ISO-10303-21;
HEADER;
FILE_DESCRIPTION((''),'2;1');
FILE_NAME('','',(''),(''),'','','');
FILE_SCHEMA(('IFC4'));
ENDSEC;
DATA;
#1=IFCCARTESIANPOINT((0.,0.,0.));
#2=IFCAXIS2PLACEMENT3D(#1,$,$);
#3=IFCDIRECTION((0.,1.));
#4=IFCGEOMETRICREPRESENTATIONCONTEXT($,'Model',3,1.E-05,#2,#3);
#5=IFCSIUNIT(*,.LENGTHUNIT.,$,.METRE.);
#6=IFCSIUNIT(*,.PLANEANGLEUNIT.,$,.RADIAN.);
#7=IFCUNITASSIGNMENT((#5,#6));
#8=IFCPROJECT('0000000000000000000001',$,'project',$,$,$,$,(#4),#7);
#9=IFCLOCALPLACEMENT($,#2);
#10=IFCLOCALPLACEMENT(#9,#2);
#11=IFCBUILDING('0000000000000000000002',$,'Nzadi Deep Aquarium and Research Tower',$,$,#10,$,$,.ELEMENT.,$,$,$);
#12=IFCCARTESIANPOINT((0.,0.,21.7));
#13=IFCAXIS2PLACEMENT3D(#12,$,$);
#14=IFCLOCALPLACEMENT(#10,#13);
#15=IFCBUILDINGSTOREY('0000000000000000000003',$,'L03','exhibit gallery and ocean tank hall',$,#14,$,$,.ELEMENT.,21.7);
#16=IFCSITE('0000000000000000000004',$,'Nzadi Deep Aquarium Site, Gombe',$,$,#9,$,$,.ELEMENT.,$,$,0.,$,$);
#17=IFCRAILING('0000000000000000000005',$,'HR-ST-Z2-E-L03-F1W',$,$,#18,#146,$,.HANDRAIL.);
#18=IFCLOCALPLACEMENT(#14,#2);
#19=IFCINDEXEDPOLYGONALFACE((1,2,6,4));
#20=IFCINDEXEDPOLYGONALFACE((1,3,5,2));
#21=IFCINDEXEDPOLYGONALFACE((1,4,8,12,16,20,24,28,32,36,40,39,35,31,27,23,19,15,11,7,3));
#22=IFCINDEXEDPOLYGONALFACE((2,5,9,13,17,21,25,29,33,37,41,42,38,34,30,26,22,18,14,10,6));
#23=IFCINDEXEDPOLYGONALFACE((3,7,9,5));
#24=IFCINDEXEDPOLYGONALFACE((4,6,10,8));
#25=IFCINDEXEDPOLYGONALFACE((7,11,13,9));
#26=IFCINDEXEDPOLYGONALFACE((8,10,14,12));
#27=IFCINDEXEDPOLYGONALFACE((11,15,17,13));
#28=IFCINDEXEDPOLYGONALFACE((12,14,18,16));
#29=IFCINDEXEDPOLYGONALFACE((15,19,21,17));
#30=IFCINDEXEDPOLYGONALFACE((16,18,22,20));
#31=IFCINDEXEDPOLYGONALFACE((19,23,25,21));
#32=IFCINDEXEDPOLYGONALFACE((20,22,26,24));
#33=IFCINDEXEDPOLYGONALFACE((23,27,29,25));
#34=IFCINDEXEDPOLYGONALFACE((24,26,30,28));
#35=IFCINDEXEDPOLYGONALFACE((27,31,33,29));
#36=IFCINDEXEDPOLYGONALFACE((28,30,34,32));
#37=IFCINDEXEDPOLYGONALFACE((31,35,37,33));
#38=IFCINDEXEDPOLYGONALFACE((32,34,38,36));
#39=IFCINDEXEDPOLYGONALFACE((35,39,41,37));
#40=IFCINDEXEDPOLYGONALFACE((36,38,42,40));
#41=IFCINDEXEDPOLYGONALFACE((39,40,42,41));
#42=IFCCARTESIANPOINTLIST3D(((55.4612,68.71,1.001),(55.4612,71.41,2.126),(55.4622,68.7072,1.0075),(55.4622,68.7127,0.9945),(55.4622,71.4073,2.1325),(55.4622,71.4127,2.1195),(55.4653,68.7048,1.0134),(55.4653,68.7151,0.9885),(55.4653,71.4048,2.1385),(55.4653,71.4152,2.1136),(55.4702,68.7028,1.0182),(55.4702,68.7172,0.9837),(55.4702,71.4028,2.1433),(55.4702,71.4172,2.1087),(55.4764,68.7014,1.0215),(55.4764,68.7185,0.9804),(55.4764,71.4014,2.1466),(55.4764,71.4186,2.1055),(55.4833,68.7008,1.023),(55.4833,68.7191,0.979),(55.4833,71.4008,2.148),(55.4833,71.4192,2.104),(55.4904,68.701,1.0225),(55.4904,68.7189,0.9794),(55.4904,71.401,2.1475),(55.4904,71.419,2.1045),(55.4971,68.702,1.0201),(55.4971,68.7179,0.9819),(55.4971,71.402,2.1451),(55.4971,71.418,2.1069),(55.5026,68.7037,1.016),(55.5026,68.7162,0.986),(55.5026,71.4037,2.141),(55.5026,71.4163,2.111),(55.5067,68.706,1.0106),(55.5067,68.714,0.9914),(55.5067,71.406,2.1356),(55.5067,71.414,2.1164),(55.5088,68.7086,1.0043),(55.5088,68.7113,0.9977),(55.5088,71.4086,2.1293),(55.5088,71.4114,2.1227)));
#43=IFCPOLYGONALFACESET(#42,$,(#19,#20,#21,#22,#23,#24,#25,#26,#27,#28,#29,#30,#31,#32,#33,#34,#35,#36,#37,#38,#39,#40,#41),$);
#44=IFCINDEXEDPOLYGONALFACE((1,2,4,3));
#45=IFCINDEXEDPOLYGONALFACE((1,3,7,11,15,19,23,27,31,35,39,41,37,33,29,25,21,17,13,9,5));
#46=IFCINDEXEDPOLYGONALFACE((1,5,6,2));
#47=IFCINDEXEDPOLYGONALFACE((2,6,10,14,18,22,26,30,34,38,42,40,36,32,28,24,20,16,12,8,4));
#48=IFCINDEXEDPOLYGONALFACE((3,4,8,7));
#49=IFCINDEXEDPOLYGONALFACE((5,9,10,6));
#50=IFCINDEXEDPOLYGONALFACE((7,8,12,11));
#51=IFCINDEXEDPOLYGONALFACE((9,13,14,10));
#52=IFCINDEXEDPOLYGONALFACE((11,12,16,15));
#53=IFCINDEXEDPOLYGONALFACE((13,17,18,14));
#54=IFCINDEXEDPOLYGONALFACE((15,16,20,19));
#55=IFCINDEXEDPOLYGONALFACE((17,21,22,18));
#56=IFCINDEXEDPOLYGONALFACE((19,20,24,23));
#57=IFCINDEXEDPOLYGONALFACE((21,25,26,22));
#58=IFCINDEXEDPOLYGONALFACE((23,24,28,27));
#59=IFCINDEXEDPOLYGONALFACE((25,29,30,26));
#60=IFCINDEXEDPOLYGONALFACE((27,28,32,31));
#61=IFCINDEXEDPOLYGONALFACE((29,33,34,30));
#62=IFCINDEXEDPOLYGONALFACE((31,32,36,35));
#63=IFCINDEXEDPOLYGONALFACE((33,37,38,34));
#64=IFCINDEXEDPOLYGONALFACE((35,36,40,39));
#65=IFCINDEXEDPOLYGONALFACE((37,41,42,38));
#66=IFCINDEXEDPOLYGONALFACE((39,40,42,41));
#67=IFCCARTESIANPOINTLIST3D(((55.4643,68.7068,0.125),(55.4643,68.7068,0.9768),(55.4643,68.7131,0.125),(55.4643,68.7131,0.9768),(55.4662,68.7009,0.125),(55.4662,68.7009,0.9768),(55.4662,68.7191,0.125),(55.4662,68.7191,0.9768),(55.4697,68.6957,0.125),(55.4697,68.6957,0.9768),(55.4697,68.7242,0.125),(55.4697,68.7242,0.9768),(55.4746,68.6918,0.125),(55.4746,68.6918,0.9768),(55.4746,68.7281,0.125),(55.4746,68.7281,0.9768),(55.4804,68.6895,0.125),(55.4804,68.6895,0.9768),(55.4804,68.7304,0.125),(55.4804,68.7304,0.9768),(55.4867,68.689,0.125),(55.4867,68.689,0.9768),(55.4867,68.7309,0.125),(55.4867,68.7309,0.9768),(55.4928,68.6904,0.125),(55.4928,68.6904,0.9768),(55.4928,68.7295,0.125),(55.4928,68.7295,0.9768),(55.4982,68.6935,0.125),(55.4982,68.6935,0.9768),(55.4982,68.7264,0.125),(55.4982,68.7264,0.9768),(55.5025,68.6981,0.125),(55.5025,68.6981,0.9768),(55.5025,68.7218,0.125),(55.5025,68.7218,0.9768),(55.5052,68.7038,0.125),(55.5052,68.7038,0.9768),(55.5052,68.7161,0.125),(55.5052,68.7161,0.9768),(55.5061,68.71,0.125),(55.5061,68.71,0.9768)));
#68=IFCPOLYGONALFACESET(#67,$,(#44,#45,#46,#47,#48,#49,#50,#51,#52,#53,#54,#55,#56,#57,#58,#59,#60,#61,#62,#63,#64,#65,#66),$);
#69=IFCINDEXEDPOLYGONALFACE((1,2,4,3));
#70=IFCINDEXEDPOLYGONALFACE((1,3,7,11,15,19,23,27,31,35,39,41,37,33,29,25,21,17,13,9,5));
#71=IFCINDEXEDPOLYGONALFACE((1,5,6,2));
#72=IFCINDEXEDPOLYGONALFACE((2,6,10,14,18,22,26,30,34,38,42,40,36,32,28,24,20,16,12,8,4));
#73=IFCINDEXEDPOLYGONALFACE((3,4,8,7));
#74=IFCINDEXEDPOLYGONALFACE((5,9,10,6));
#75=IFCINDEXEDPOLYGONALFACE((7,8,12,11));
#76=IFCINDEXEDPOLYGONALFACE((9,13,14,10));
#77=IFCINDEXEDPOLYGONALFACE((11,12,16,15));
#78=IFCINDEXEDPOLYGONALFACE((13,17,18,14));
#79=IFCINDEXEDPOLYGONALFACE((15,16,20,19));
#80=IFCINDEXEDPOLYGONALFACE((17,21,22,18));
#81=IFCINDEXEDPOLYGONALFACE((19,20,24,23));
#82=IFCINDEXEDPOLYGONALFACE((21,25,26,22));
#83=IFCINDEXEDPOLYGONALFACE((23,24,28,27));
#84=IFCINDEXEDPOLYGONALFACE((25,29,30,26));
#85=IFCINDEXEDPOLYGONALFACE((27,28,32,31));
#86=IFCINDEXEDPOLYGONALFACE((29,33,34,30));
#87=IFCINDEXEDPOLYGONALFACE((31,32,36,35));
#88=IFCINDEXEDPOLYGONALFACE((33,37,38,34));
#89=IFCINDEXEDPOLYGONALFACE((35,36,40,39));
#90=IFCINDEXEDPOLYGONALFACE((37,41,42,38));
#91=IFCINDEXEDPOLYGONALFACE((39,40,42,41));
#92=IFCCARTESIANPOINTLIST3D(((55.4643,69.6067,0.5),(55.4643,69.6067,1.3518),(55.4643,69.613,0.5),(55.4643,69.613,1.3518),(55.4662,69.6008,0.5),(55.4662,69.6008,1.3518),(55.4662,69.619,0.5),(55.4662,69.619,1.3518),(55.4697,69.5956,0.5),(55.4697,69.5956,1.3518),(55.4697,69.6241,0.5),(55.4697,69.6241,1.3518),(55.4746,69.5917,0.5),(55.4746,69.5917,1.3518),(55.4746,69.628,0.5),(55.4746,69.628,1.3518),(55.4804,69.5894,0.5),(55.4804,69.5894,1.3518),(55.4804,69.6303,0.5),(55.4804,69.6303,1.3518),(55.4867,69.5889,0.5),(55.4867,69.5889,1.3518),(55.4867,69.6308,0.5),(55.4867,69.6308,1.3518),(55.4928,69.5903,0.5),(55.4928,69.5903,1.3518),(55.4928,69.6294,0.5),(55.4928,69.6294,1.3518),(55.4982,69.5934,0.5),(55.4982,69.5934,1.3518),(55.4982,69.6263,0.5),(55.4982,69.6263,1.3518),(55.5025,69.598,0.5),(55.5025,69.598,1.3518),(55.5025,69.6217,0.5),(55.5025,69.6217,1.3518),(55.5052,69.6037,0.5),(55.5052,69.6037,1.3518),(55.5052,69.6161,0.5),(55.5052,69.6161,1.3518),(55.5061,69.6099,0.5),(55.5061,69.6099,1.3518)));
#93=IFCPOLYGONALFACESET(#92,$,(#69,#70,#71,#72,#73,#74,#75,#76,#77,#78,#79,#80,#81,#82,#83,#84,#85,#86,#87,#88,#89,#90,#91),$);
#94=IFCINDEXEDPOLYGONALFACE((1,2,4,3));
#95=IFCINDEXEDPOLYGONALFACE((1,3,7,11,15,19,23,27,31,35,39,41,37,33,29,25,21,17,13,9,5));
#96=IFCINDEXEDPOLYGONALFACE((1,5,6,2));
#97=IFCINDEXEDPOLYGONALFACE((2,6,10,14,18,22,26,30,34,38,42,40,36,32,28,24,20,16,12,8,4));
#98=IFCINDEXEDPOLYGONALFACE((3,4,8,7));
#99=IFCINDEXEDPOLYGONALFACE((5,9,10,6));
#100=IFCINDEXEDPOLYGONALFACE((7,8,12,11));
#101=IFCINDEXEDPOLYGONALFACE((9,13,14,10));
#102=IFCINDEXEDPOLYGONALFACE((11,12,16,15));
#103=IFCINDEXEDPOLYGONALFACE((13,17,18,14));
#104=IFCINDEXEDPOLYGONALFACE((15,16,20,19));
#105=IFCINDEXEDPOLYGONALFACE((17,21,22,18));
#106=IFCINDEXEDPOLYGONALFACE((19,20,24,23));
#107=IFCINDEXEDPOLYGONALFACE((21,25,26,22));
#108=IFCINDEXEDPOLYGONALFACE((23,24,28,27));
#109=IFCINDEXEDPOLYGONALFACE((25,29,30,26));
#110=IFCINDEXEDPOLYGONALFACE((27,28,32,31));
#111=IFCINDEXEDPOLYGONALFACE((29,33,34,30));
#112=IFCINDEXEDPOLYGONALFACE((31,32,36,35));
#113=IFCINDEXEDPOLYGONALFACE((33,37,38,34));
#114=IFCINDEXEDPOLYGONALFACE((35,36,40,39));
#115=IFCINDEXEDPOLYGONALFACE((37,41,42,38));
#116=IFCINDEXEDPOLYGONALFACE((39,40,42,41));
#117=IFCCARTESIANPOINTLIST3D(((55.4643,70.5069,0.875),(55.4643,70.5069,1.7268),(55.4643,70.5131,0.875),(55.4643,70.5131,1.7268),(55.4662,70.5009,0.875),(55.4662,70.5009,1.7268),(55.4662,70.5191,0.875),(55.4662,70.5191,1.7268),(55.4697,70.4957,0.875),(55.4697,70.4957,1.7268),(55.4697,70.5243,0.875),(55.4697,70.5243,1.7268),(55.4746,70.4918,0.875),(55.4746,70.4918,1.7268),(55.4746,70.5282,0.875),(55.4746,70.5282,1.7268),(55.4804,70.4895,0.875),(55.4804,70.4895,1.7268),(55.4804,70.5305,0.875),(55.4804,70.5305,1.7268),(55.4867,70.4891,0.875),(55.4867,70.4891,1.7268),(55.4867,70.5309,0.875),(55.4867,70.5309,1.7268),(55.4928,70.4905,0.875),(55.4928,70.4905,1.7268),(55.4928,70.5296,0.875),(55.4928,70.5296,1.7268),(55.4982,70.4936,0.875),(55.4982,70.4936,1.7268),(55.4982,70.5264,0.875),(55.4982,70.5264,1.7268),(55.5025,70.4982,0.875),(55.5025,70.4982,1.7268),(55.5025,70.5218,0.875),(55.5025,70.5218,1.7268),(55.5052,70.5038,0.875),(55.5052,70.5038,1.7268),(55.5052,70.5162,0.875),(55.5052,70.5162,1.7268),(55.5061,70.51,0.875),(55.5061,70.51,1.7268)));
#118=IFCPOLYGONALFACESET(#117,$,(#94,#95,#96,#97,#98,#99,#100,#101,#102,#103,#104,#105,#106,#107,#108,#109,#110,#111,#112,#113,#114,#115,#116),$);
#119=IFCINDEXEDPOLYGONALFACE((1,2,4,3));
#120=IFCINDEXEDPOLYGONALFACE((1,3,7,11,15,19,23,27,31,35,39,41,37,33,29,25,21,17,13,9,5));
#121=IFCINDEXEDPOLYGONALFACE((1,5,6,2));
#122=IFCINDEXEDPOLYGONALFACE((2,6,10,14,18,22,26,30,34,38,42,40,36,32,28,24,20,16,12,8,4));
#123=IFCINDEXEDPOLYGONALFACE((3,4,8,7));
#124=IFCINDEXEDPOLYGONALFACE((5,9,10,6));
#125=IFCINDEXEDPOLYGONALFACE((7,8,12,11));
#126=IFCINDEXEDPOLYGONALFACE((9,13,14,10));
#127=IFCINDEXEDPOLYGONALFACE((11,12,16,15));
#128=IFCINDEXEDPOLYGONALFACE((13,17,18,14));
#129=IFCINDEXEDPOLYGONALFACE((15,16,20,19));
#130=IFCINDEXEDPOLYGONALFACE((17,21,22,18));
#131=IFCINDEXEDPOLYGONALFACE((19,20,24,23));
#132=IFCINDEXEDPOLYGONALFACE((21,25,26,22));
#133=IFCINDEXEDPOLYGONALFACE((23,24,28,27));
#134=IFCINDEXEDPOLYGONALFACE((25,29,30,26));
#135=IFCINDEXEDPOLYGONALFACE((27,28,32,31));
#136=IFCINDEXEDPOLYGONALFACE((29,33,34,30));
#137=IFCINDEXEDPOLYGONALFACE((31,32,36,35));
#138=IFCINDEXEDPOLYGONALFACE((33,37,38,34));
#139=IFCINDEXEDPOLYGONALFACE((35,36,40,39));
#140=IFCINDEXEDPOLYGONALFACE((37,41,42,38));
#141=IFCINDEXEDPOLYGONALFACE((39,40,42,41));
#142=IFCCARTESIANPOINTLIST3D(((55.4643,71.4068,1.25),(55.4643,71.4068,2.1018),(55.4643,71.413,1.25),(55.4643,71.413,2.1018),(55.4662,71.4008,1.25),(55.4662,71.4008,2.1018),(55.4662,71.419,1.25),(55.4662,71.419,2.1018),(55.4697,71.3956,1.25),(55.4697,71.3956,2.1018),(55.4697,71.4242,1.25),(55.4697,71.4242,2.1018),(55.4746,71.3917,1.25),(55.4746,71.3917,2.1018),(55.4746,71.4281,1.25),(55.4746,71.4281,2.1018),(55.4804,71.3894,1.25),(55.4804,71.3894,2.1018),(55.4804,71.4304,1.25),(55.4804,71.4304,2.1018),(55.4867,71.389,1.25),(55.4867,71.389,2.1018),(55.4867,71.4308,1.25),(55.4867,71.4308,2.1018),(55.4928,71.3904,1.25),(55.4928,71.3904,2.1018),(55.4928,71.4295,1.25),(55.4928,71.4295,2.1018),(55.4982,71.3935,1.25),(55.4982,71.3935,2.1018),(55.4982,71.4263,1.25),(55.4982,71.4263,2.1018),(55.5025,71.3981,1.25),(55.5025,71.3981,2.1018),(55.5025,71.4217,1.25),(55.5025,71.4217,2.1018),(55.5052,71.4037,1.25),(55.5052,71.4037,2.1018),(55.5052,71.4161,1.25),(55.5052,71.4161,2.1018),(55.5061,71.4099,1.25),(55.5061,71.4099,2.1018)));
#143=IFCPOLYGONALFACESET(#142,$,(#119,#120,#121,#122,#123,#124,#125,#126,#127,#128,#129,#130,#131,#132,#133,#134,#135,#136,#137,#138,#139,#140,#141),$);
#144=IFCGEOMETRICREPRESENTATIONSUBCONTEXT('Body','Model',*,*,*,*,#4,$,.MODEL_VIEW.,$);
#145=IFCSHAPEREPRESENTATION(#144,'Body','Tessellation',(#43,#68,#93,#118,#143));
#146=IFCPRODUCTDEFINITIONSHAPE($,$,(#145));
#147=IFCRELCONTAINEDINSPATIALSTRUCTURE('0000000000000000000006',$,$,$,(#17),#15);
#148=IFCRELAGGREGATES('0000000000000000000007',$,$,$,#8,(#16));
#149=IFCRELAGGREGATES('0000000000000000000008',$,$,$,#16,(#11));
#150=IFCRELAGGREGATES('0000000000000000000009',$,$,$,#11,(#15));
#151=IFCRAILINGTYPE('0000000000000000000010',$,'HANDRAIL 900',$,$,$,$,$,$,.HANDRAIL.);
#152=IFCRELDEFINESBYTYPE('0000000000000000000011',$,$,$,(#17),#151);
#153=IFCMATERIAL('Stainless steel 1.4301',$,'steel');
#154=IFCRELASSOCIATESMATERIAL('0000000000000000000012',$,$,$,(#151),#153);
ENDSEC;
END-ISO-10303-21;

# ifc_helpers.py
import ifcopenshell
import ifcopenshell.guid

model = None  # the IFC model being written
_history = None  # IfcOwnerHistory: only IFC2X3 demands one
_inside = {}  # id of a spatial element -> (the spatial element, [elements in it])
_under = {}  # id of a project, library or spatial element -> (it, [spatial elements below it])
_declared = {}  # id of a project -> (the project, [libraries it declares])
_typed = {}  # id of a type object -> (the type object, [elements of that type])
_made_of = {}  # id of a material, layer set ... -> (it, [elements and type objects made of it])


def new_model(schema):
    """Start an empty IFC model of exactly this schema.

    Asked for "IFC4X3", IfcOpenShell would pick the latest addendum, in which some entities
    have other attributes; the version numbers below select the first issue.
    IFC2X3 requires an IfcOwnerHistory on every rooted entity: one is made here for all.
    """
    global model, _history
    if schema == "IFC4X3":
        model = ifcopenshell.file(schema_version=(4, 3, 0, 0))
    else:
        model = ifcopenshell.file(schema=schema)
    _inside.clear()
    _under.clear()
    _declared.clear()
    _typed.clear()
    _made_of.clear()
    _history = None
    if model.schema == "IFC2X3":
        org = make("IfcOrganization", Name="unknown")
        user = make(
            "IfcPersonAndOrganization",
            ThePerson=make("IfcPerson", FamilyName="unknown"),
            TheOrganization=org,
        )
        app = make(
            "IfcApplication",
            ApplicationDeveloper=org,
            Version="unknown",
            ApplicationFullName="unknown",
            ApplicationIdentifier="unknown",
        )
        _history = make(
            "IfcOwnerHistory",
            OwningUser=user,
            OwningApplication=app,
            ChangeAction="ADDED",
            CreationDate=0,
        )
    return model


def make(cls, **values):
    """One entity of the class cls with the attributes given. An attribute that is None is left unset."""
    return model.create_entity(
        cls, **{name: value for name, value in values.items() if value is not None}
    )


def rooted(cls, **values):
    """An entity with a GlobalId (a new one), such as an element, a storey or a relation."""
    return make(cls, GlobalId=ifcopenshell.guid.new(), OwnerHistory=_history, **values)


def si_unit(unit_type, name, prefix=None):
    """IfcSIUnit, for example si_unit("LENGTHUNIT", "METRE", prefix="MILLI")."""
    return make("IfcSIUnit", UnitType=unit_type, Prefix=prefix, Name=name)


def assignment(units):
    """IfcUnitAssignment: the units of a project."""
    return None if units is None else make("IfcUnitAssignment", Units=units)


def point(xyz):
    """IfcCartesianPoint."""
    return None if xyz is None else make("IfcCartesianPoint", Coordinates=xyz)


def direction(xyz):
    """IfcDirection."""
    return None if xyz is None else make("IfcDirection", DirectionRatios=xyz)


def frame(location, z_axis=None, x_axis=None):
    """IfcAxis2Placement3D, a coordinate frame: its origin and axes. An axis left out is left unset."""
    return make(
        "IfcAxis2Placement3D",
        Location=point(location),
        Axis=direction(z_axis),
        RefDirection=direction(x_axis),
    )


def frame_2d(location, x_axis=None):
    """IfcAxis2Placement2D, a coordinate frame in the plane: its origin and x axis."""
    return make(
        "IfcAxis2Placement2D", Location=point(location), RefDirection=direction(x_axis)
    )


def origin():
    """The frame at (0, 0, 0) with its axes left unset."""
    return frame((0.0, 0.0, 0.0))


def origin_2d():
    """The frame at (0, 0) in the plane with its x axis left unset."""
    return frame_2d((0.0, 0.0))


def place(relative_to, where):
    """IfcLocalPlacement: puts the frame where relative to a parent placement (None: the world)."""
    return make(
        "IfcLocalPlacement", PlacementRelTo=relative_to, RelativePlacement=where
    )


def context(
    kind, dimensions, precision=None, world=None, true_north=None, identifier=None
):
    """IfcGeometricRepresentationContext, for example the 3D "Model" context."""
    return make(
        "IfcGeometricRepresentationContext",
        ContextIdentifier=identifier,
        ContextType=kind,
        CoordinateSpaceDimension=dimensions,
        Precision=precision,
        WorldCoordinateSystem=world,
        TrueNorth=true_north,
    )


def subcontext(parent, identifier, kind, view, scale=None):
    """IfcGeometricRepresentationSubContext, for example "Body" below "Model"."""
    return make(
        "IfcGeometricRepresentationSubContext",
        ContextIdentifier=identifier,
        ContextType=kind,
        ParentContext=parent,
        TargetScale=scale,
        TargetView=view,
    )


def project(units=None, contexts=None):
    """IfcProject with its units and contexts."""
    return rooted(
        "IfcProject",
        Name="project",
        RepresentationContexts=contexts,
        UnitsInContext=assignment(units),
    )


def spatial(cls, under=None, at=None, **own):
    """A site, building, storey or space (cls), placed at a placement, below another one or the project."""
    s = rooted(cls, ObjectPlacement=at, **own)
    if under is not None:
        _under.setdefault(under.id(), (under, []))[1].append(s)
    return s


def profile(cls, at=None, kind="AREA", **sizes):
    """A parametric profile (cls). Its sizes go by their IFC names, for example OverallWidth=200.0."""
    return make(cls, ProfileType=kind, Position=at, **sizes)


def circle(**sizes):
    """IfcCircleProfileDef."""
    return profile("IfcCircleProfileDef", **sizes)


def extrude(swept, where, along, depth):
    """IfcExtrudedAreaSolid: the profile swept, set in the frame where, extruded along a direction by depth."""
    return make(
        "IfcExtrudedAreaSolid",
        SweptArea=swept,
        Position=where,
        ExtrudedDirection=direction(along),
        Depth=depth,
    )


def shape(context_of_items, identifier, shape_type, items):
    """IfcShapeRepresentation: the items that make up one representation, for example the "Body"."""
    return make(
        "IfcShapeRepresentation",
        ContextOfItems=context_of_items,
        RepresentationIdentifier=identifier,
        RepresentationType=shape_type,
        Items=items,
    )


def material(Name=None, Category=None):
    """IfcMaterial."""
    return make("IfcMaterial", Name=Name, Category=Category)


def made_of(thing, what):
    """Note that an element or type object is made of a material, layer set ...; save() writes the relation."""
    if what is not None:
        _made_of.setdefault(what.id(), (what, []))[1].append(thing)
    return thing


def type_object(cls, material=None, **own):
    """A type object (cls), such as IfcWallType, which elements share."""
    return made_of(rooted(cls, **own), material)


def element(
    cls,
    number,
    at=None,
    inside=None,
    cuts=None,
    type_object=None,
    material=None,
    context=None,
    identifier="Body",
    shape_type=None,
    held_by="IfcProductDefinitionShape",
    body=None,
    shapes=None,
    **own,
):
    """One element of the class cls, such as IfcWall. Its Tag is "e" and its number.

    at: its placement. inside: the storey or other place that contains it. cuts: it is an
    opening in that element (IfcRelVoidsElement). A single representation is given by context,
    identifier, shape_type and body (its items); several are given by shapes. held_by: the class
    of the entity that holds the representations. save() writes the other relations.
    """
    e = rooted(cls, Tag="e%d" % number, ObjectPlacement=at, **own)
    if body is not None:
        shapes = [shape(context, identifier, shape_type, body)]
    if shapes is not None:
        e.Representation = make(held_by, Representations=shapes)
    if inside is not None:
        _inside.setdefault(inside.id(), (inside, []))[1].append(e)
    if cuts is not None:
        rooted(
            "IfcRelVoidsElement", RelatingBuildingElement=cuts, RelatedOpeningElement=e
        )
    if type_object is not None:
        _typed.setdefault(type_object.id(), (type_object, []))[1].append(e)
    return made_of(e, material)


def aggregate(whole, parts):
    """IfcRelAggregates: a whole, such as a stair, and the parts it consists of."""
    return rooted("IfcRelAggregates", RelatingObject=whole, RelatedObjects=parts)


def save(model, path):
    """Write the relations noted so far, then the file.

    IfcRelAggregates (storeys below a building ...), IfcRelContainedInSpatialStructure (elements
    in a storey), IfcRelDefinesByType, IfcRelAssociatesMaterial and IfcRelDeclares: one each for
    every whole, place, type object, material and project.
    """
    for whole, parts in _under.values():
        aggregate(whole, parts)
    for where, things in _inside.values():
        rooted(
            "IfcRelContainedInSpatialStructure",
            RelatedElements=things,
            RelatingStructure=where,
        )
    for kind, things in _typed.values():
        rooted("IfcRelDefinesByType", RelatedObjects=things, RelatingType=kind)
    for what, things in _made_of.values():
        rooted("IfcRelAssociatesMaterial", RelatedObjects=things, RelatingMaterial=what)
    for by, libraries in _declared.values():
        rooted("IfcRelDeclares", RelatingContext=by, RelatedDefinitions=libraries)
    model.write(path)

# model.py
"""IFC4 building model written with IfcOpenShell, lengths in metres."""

from ifc_helpers import new_model, si_unit, direction, frame, origin, origin_2d, place, context, subcontext, project, spatial, circle, extrude, material, type_object, element, save


model = new_model("IFC4")

# Units and contexts
model_context = context("Model", 3, precision=1e-05, world=origin(), true_north=direction((0.0, 1.0)))
body_context = subcontext(model_context, "Body", "Model", "MODEL_VIEW")
ifc_project = project(units=[si_unit("LENGTHUNIT", "METRE"), si_unit("PLANEANGLEUNIT", "RADIAN")], contexts=[model_context])

# Site, building, storey
site_placement = place(None, origin())
site = spatial("IfcSite", under=ifc_project, at=site_placement, Name="Nzadi Deep Aquarium Site, Gombe", CompositionType="ELEMENT", RefElevation=0.0)
building_placement = place(site_placement, origin())
building = spatial("IfcBuilding", under=site, at=building_placement, Name="Nzadi Deep Aquarium and Research Tower", CompositionType="ELEMENT")
storey_placement = place(building_placement, frame((0.0, 0.0, 21.7)))
storey = spatial("IfcBuildingStorey", under=building, at=storey_placement, Name="L03", Description="exhibit gallery and ocean tank hall", CompositionType="ELEMENT", Elevation=21.7)

# Railing
ifc_material_1 = material(Name="Stainless steel 1.4301", Category="steel")
railing_type = type_object("IfcRailingType", Name="HANDRAIL 900", PredefinedType="HANDRAIL", material=ifc_material_1)
for number, where, name in (
    (1, (55.4851, 68.71, 0.125), "HR-ST-Z2-E-L03-F1W"),
):
    element("IfcRailing", number, at=place(storey_placement, frame(where)), inside=storey, type_object=railing_type, Name=name, PredefinedType="HANDRAIL", context=body_context, shape_type="SweptSolid", body=[
        extrude(circle(Radius=0.0239, at=origin_2d()), frame((0.0, 0.0, 0.876), z_axis=(0.0, 0.923074, 0.384621), x_axis=(-1.0, 0.0, 0.0)), (0.0, 0.0, 1.0), 2.925),
        extrude(circle(Radius=0.021, at=origin_2d()), origin(), (0.0, 0.0, 1.0), 0.8518),
        extrude(circle(Radius=0.021, at=origin_2d()), frame((0.0, 0.8999, 0.375)), (0.0, 0.0, 1.0), 0.8518),
        extrude(circle(Radius=0.021, at=origin_2d()), frame((0.0, 1.8, 0.75)), (0.0, 0.0, 1.0), 0.8518),
        extrude(circle(Radius=0.021, at=origin_2d()), frame((0.0, 2.7, 1.125)), (0.0, 0.0, 1.0), 0.8518),
    ])

save(model, "model.ifc")
